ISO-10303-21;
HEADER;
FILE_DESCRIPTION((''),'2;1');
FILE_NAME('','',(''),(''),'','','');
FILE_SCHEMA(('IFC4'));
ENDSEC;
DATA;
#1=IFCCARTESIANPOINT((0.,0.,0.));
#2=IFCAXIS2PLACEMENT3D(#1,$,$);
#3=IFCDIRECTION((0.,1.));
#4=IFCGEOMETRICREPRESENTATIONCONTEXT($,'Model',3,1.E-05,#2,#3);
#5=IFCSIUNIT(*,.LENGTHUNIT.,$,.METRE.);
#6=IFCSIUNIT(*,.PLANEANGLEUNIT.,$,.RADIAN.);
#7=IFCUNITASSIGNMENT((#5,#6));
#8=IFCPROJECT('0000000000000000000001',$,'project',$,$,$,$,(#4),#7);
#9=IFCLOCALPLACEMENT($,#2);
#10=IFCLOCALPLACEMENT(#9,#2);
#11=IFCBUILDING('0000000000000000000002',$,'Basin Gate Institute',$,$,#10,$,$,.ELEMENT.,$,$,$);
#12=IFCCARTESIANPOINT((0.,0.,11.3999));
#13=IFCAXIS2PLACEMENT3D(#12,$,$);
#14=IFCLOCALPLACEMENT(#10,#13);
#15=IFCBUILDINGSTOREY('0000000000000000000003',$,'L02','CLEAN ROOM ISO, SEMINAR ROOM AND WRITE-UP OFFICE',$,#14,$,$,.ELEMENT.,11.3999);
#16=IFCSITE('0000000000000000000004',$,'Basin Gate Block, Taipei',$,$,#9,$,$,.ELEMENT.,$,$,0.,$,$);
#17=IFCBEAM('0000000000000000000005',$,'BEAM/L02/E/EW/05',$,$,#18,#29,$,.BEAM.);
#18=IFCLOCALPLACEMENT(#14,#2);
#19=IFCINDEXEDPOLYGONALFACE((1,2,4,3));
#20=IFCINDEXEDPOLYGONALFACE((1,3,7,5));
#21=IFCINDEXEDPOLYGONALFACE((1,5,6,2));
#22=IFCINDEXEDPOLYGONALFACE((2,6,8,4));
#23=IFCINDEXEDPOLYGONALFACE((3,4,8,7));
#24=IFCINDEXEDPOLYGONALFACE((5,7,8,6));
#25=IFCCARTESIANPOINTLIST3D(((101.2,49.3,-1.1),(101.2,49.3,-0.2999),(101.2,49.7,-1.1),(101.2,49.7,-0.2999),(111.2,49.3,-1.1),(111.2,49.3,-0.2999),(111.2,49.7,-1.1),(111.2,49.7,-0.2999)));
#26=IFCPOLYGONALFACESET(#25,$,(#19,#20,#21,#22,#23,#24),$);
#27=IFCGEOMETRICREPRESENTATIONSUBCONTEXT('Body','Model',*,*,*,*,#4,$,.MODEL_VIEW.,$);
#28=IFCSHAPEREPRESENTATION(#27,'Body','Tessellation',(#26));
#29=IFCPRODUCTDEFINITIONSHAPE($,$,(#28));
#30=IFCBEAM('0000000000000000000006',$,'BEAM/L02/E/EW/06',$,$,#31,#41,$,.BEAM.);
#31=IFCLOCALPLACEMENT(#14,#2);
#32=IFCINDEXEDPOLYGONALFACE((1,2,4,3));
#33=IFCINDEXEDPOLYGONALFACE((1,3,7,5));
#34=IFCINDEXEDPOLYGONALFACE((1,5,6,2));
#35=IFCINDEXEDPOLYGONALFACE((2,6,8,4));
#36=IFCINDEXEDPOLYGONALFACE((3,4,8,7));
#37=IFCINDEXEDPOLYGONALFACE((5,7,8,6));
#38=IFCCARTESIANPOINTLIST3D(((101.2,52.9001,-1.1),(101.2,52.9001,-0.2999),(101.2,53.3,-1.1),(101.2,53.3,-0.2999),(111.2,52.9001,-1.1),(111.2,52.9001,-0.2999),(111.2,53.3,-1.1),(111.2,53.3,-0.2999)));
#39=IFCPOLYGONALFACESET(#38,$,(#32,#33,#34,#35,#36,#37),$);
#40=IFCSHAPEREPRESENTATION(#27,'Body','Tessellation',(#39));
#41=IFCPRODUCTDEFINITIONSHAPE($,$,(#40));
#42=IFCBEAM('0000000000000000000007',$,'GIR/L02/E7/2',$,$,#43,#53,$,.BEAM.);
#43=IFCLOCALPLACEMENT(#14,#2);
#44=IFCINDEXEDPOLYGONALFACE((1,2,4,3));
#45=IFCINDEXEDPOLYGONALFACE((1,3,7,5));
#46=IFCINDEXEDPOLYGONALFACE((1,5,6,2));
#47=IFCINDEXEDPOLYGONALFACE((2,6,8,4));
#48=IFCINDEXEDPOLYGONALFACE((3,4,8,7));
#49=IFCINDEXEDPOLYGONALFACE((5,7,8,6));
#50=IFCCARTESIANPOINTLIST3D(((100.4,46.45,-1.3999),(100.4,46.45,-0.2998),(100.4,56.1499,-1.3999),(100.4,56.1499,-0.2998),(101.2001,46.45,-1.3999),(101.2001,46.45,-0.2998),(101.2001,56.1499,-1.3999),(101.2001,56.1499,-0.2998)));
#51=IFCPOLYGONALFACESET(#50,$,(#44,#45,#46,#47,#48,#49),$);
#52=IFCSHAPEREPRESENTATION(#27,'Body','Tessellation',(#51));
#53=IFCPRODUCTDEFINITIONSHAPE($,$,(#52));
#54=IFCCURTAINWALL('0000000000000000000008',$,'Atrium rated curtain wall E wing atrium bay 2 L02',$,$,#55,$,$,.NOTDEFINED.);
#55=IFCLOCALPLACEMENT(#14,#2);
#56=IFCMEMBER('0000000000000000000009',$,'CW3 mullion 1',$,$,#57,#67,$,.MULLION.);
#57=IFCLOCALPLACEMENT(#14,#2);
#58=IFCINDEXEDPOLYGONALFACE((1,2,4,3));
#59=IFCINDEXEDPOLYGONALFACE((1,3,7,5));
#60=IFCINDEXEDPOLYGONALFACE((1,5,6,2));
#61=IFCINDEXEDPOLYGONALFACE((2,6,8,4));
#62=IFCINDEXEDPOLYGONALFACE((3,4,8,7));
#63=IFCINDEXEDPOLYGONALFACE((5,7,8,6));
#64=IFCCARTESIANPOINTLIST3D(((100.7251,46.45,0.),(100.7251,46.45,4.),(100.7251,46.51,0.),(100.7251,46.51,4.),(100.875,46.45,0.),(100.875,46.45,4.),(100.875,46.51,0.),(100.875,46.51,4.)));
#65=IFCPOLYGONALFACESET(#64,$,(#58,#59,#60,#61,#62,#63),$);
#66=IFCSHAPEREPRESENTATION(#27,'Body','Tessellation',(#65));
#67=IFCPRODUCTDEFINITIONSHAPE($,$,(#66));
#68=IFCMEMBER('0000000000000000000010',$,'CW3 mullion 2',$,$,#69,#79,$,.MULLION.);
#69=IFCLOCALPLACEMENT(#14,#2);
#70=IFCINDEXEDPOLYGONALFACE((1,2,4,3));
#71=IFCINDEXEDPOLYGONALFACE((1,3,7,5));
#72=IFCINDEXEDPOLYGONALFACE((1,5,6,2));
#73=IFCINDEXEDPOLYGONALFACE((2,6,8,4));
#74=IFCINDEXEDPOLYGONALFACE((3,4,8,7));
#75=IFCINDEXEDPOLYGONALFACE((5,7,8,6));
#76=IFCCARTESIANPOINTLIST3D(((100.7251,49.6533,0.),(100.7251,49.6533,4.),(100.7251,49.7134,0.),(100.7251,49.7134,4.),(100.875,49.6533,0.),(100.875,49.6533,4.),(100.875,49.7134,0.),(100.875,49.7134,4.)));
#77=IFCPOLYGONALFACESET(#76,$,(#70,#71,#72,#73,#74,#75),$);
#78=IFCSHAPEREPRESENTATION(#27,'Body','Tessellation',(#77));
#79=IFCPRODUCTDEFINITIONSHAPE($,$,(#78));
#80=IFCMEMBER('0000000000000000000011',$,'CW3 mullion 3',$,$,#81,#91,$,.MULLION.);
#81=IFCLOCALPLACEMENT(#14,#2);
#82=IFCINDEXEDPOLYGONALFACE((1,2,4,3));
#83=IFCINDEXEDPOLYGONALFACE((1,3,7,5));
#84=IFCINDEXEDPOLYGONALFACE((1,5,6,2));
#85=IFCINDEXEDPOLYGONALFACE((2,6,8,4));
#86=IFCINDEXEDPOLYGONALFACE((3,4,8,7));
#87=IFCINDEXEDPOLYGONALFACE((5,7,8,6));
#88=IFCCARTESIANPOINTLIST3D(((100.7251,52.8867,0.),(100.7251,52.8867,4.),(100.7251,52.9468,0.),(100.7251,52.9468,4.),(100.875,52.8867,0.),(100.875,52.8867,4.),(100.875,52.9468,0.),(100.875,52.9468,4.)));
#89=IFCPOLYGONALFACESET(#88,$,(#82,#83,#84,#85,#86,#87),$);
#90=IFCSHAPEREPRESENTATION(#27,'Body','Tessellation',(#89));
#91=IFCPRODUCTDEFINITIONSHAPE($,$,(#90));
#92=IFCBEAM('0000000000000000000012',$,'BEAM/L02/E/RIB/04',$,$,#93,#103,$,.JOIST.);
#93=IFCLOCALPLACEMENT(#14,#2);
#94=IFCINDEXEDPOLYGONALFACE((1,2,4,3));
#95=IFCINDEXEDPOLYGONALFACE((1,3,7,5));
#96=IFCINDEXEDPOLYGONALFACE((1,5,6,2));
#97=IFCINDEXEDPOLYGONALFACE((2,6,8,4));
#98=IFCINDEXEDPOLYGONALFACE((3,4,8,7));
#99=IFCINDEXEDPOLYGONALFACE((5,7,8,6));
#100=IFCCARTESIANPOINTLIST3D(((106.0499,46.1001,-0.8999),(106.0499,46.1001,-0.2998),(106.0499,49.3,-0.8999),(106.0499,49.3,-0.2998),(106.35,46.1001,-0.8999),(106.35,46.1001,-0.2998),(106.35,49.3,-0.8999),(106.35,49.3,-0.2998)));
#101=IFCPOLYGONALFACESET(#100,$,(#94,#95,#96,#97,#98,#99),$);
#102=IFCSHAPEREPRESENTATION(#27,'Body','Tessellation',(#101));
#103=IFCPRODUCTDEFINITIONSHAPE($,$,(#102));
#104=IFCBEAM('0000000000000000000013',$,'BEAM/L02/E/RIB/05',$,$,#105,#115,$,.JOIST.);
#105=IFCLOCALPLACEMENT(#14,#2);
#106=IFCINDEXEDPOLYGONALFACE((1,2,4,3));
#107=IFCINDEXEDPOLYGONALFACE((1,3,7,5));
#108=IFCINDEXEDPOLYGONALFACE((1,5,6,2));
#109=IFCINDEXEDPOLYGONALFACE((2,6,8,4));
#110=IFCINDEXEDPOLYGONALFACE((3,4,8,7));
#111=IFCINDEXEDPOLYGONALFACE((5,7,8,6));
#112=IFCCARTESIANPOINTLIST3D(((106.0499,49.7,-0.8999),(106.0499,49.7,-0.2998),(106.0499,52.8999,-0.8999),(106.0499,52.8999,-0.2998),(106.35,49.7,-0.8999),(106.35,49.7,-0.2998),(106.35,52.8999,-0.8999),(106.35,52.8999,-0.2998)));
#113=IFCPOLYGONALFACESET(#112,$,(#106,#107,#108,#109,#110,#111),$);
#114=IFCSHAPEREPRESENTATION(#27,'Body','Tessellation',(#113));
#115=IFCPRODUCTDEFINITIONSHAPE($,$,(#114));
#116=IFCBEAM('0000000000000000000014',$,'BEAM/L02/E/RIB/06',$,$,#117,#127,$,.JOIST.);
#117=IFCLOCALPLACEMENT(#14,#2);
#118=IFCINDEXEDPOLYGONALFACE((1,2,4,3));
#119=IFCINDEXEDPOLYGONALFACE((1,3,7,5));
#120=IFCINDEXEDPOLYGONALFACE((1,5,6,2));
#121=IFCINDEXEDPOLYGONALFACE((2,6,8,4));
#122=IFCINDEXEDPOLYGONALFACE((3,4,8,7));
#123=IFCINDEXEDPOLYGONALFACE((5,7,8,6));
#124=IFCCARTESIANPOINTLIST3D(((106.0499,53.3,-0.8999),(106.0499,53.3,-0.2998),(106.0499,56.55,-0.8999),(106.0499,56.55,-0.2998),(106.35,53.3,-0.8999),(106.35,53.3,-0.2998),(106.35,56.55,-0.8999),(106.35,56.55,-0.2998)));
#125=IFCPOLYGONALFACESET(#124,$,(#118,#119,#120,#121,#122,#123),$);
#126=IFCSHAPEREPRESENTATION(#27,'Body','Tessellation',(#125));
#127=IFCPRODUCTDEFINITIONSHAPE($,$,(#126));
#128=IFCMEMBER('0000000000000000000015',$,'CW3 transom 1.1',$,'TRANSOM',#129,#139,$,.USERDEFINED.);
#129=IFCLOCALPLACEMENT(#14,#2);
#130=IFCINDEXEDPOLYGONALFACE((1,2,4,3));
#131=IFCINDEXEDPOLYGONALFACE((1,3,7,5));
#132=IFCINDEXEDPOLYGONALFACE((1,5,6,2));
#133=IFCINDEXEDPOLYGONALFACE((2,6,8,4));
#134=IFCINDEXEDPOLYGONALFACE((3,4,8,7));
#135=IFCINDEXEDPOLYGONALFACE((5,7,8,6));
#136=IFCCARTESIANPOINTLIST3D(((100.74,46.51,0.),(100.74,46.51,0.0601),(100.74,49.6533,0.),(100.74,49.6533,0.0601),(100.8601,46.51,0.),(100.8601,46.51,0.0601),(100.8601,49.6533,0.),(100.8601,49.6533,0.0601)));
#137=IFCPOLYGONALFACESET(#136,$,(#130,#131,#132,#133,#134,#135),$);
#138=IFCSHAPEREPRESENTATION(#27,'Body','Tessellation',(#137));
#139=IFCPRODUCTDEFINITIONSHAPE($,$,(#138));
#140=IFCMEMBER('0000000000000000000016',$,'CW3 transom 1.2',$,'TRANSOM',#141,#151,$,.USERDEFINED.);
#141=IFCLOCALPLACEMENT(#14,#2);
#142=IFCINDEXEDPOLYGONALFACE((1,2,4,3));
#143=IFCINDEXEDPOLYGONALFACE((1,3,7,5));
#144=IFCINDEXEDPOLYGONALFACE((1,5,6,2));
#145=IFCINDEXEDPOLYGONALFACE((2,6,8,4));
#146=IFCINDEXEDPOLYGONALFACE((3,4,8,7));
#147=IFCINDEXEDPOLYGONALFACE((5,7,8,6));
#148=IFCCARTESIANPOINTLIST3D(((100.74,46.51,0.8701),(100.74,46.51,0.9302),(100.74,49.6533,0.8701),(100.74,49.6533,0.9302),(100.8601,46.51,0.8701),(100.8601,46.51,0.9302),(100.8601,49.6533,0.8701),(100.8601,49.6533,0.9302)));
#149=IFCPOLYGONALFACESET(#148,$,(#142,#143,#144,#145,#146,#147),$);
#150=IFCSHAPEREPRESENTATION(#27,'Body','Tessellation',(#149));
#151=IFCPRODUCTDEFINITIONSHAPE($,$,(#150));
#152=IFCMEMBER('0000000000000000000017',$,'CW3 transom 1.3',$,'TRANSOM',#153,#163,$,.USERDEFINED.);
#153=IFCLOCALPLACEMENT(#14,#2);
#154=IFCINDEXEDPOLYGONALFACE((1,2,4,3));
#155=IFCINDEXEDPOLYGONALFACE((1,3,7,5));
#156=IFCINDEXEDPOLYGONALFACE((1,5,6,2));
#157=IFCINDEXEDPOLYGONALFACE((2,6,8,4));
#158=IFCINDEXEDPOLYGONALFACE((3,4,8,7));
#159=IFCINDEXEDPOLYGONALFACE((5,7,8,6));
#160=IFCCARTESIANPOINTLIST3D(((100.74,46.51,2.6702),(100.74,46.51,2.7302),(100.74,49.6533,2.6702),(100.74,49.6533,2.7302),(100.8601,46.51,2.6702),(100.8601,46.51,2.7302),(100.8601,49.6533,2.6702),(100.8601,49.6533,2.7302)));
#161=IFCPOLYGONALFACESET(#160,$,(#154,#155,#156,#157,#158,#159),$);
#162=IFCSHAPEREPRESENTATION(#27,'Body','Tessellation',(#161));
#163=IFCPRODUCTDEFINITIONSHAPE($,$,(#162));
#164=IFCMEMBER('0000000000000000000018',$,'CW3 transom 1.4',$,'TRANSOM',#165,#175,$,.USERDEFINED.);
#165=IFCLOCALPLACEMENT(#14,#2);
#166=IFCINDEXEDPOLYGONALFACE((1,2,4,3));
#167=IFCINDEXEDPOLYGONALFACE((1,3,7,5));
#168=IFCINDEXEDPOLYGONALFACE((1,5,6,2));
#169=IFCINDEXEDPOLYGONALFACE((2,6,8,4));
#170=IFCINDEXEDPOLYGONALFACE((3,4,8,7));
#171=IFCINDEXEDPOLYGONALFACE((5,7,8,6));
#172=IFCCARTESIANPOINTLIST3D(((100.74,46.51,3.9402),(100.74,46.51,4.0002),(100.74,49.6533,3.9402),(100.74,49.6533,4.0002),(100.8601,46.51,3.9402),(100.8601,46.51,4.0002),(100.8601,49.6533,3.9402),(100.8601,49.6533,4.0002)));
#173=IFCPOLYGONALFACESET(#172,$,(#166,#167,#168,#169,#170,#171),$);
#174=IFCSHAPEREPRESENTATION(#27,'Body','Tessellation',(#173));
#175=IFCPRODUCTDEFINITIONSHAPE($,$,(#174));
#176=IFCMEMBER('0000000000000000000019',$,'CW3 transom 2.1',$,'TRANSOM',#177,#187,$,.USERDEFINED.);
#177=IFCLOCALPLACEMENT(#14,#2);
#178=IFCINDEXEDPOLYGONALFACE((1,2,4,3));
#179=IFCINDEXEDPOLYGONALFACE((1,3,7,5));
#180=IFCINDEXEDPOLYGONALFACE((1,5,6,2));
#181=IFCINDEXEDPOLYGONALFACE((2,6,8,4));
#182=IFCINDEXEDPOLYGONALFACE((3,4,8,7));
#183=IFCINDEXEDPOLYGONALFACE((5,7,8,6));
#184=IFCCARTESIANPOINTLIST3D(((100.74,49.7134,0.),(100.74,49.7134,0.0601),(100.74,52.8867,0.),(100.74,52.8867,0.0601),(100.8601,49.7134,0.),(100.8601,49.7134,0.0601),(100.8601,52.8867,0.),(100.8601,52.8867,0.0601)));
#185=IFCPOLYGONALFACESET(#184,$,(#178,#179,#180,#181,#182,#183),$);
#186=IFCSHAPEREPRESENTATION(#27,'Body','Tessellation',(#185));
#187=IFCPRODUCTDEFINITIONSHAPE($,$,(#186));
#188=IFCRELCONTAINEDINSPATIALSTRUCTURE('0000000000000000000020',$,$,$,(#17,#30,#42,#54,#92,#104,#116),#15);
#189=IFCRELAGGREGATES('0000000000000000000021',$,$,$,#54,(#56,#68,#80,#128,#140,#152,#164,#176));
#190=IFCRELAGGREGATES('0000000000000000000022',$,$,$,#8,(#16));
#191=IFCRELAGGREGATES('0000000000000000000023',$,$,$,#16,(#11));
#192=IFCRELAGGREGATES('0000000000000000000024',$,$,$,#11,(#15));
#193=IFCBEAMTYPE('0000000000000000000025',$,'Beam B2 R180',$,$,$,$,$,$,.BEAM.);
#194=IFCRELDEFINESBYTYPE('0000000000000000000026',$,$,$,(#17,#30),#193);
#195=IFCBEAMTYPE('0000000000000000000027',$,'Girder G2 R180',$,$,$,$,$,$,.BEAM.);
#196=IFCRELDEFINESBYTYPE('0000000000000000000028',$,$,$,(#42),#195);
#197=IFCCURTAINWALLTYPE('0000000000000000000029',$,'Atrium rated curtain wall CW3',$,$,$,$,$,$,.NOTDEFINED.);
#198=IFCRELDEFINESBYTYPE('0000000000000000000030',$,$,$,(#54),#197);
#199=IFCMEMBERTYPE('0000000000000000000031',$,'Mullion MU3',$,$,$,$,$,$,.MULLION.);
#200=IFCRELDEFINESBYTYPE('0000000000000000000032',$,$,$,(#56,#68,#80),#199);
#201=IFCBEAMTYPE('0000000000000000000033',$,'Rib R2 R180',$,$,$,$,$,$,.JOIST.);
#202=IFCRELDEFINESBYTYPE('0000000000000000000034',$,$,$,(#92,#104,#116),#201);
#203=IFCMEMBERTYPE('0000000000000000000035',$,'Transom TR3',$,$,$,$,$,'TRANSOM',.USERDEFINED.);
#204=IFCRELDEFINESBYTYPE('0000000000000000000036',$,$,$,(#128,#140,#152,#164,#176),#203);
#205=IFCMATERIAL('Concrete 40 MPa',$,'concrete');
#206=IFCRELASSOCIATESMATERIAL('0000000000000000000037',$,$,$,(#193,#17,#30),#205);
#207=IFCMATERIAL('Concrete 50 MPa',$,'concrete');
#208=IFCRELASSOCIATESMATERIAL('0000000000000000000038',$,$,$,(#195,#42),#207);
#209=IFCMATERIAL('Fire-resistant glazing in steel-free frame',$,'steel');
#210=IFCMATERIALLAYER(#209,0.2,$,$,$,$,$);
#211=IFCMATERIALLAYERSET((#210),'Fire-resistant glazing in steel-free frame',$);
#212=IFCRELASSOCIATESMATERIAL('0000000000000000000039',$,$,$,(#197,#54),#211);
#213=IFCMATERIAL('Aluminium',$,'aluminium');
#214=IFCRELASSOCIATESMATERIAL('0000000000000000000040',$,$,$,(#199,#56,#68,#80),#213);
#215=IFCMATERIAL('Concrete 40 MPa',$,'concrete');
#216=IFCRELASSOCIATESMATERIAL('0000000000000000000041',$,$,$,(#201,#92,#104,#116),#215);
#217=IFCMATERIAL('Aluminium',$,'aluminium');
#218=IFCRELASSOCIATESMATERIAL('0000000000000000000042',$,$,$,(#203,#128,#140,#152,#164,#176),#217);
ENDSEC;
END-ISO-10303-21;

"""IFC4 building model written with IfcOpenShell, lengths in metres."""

from ifc_helpers import new_model, si_unit, direction, frame, origin, origin_2d, place, context, subcontext, project, spatial, rectangle, extrude, material, layer, layer_set, material_profile, profile_set, type_object, element, aggregate, save


model = new_model("IFC4")

# Units and contexts
model_context = context("Model", 3, precision=1e-05, world=origin(), true_north=direction((0.0, 1.0)))
body_context = subcontext(model_context, "Body", "Model", "MODEL_VIEW")
ifc_project = project(units=[si_unit("LENGTHUNIT", "METRE"), si_unit("PLANEANGLEUNIT", "RADIAN")], contexts=[model_context])

# Site, building, storey
site_placement = place(None, origin())
site = spatial("IfcSite", under=ifc_project, at=site_placement, Name="Basin Gate Block, Taipei", CompositionType="ELEMENT", RefElevation=0.0)
building_placement = place(site_placement, origin())
building = spatial("IfcBuilding", under=site, at=building_placement, Name="Basin Gate Institute", CompositionType="ELEMENT")
storey_placement = place(building_placement, frame((0.0, 0.0, 11.3999)))
storey = spatial("IfcBuildingStorey", under=building, at=storey_placement, Name="L02", Description="CLEAN ROOM ISO, SEMINAR ROOM AND WRITE-UP OFFICE", CompositionType="ELEMENT", Elevation=11.3999)

# Beams
ifc_material_1 = material(Name="Concrete 40 MPa", Category="concrete")
ifc_material_profile_1 = material_profile(ifc_material_1, rectangle(XDim=0.3999, YDim=0.8, at=origin_2d()), Name="Beam B2 400 x 800")
ifc_profile_set_1 = profile_set([ifc_material_profile_1], Name="Concrete 40 MPa")
beam_type_1 = type_object("IfcBeamType", Name="Beam B2 R180", PredefinedType="BEAM", material=ifc_profile_set_1)
for number, where, z_axis, x_axis, name in (
    (1, (111.2, 49.5, -0.7), (-1.0, 0.0, 0.0), (0.0, -1.0, 0.0), "BEAM/L02/E/EW/05"),
    (2, (111.2, 53.1001, -0.7), (-1.0, 0.0, 0.0), (0.0, -1.0, 0.0), "BEAM/L02/E/EW/06"),
):
    element("IfcBeam", number, at=place(storey_placement, frame(where, z_axis=z_axis, x_axis=x_axis)), inside=storey, type_object=beam_type_1, material=ifc_profile_set_1, Name=name, PredefinedType="BEAM", context=body_context, shape_type="SweptSolid", body=[
        extrude(rectangle(XDim=0.3999, YDim=0.8, at=origin_2d()), origin(), (0.0, 0.0, 1.0), 10.0),
    ])
ifc_material_2 = material(Name="Concrete 50 MPa", Category="concrete")
ifc_material_profile_2 = material_profile(ifc_material_2, rectangle(XDim=0.8, YDim=1.1001, at=origin_2d()), Name="Girder G2 800 x 1100")
ifc_profile_set_2 = profile_set([ifc_material_profile_2], Name="Concrete 50 MPa")
beam_type_2 = type_object("IfcBeamType", Name="Girder G2 R180", PredefinedType="BEAM", material=ifc_profile_set_2)
beam_1_placement = place(storey_placement, frame((100.8, 46.45, -0.8499), z_axis=(0.0, 1.0, 0.0), x_axis=(-1.0, 0.0, 0.0)))
element("IfcBeam", 3, at=beam_1_placement, inside=storey, type_object=beam_type_2, material=ifc_profile_set_2, Name="GIR/L02/E7/2", PredefinedType="BEAM", context=body_context, shape_type="SweptSolid", body=[
    extrude(rectangle(XDim=0.8, YDim=1.1001, at=origin_2d()), origin(), (0.0, 0.0, 1.0), 9.7),
])

# Curtain wall, members
ifc_material_3 = material(Name="Fire-resistant glazing in steel-free frame", Category="steel")
ifc_layer_1 = layer(ifc_material_3, 0.2)
ifc_layer_set_1 = layer_set([ifc_layer_1], Name="Fire-resistant glazing in steel-free frame")
curtain_wall_type = type_object("IfcCurtainWallType", Name="Atrium rated curtain wall CW3", PredefinedType="NOTDEFINED", material=ifc_layer_set_1)
curtain_wall_placement = place(storey_placement, origin())
curtain_wall = element("IfcCurtainWall", 4, at=curtain_wall_placement, inside=storey, type_object=curtain_wall_type, material=ifc_layer_set_1, Name="Atrium rated curtain wall E wing atrium bay 2 L02", PredefinedType="NOTDEFINED")
ifc_material_4 = material(Name="Aluminium", Category="aluminium")
ifc_material_profile_3 = material_profile(ifc_material_4, rectangle(XDim=0.1499, YDim=0.0601, at=origin_2d()), Name="Mullion MU3 150 x 60")
ifc_profile_set_3 = profile_set([ifc_material_profile_3], Name="Aluminium")
member_type_1 = type_object("IfcMemberType", Name="Mullion MU3", PredefinedType="MULLION", material=ifc_profile_set_3)
member_1_placement = place(storey_placement, frame((100.8, 46.48, 0.0), z_axis=(0.0, 0.0, 1.0), x_axis=(-1.0, 0.0, 0.0)))
member_1 = element("IfcMember", 5, at=member_1_placement, type_object=member_type_1, material=ifc_profile_set_3, Name="CW3 mullion 1", PredefinedType="MULLION", context=body_context, shape_type="SweptSolid", body=[
    extrude(rectangle(XDim=0.1499, YDim=0.0601, at=origin_2d()), origin(), (0.0, 0.0, 1.0), 4.0),
])
member_2_placement = place(storey_placement, frame((100.8, 49.6833, 0.0), z_axis=(0.0, 0.0, 1.0), x_axis=(-1.0, 0.0, 0.0)))
member_2 = element("IfcMember", 6, at=member_2_placement, type_object=member_type_1, material=ifc_profile_set_3, Name="CW3 mullion 2", PredefinedType="MULLION", context=body_context, shape_type="SweptSolid", body=[
    extrude(rectangle(XDim=0.1499, YDim=0.0601, at=origin_2d()), origin(), (0.0, 0.0, 1.0), 4.0),
])
member_3_placement = place(storey_placement, frame((100.8, 52.9167, 0.0), z_axis=(0.0, 0.0, 1.0), x_axis=(-1.0, 0.0, 0.0)))
member_3 = element("IfcMember", 7, at=member_3_placement, type_object=member_type_1, material=ifc_profile_set_3, Name="CW3 mullion 3", PredefinedType="MULLION", context=body_context, shape_type="SweptSolid", body=[
    extrude(rectangle(XDim=0.1499, YDim=0.0601, at=origin_2d()), origin(), (0.0, 0.0, 1.0), 4.0),
])

# Beams
ifc_material_5 = material(Name="Concrete 40 MPa", Category="concrete")
ifc_material_profile_4 = material_profile(ifc_material_5, rectangle(XDim=0.3, YDim=0.6001, at=origin_2d()), Name="Rib R2 300 x 600")
ifc_profile_set_4 = profile_set([ifc_material_profile_4], Name="Concrete 40 MPa")
beam_type_3 = type_object("IfcBeamType", Name="Rib R2 R180", PredefinedType="JOIST", material=ifc_profile_set_4)
for number, where, z_axis, x_axis, name in (
    (8, (106.2, 46.1001, -0.5999), (0.0, 1.0, 0.0), (-1.0, 0.0, 0.0), "BEAM/L02/E/RIB/04"),
    (9, (106.2, 49.7, -0.5999), (0.0, 1.0, 0.0), (-1.0, 0.0, 0.0), "BEAM/L02/E/RIB/05"),
):
    element("IfcBeam", number, at=place(storey_placement, frame(where, z_axis=z_axis, x_axis=x_axis)), inside=storey, type_object=beam_type_3, material=ifc_profile_set_4, Name=name, PredefinedType="JOIST", context=body_context, shape_type="SweptSolid", body=[
        extrude(rectangle(XDim=0.3, YDim=0.6001, at=origin_2d()), origin(), (0.0, 0.0, 1.0), 3.2),
    ])
beam_2_placement = place(storey_placement, frame((106.2, 53.3, -0.5999), z_axis=(0.0, 1.0, 0.0), x_axis=(-1.0, 0.0, 0.0)))
element("IfcBeam", 10, at=beam_2_placement, inside=storey, type_object=beam_type_3, material=ifc_profile_set_4, Name="BEAM/L02/E/RIB/06", PredefinedType="JOIST", context=body_context, shape_type="SweptSolid", body=[
    extrude(rectangle(XDim=0.3, YDim=0.6001, at=origin_2d()), origin(), (0.0, 0.0, 1.0), 3.25),
])

# Members
ifc_material_6 = material(Name="Aluminium", Category="aluminium")
ifc_material_profile_5 = material_profile(ifc_material_6, rectangle(XDim=0.1201, YDim=0.0601, at=origin_2d()), Name="Transom TR3 120 x 60")
ifc_profile_set_5 = profile_set([ifc_material_profile_5], Name="Aluminium")
member_type_2 = type_object("IfcMemberType", Name="Transom TR3", ElementType="TRANSOM", PredefinedType="USERDEFINED", material=ifc_profile_set_5)
member_4_placement = place(storey_placement, frame((100.8, 46.51, 0.03), z_axis=(0.0, 1.0, 0.0), x_axis=(-1.0, 0.0, 0.0)))
member_4 = element("IfcMember", 11, at=member_4_placement, type_object=member_type_2, material=ifc_profile_set_5, Name="CW3 transom 1.1", ObjectType="TRANSOM", PredefinedType="USERDEFINED", context=body_context, shape_type="SweptSolid", body=[
    extrude(rectangle(XDim=0.1201, YDim=0.0601, at=origin_2d()), origin(), (0.0, 0.0, 1.0), 3.1433),
])
member_5_placement = place(storey_placement, frame((100.8, 46.51, 0.9001), z_axis=(0.0, 1.0, 0.0), x_axis=(-1.0, 0.0, 0.0)))
member_5 = element("IfcMember", 12, at=member_5_placement, type_object=member_type_2, material=ifc_profile_set_5, Name="CW3 transom 1.2", ObjectType="TRANSOM", PredefinedType="USERDEFINED", context=body_context, shape_type="SweptSolid", body=[
    extrude(rectangle(XDim=0.1201, YDim=0.0601, at=origin_2d()), origin(), (0.0, 0.0, 1.0), 3.1433),
])
member_6_placement = place(storey_placement, frame((100.8, 46.51, 2.7002), z_axis=(0.0, 1.0, 0.0), x_axis=(-1.0, 0.0, 0.0)))
member_6 = element("IfcMember", 13, at=member_6_placement, type_object=member_type_2, material=ifc_profile_set_5, Name="CW3 transom 1.3", ObjectType="TRANSOM", PredefinedType="USERDEFINED", context=body_context, shape_type="SweptSolid", body=[
    extrude(rectangle(XDim=0.1201, YDim=0.0601, at=origin_2d()), origin(), (0.0, 0.0, 1.0), 3.1433),
])
member_7_placement = place(storey_placement, frame((100.8, 46.51, 3.9702), z_axis=(0.0, 1.0, 0.0), x_axis=(-1.0, 0.0, 0.0)))
member_7 = element("IfcMember", 14, at=member_7_placement, type_object=member_type_2, material=ifc_profile_set_5, Name="CW3 transom 1.4", ObjectType="TRANSOM", PredefinedType="USERDEFINED", context=body_context, shape_type="SweptSolid", body=[
    extrude(rectangle(XDim=0.1201, YDim=0.0601, at=origin_2d()), origin(), (0.0, 0.0, 1.0), 3.1433),
])
member_8_placement = place(storey_placement, frame((100.8, 49.7134, 0.03), z_axis=(0.0, 1.0, 0.0), x_axis=(-1.0, 0.0, 0.0)))
member_8 = element("IfcMember", 15, at=member_8_placement, type_object=member_type_2, material=ifc_profile_set_5, Name="CW3 transom 2.1", ObjectType="TRANSOM", PredefinedType="USERDEFINED", context=body_context, shape_type="SweptSolid", body=[
    extrude(rectangle(XDim=0.1201, YDim=0.0601, at=origin_2d()), origin(), (0.0, 0.0, 1.0), 3.1733),
])

aggregate(curtain_wall, [member_1, member_2, member_3, member_4, member_5, member_6, member_7, member_8])

save(model, "model.ifc")
